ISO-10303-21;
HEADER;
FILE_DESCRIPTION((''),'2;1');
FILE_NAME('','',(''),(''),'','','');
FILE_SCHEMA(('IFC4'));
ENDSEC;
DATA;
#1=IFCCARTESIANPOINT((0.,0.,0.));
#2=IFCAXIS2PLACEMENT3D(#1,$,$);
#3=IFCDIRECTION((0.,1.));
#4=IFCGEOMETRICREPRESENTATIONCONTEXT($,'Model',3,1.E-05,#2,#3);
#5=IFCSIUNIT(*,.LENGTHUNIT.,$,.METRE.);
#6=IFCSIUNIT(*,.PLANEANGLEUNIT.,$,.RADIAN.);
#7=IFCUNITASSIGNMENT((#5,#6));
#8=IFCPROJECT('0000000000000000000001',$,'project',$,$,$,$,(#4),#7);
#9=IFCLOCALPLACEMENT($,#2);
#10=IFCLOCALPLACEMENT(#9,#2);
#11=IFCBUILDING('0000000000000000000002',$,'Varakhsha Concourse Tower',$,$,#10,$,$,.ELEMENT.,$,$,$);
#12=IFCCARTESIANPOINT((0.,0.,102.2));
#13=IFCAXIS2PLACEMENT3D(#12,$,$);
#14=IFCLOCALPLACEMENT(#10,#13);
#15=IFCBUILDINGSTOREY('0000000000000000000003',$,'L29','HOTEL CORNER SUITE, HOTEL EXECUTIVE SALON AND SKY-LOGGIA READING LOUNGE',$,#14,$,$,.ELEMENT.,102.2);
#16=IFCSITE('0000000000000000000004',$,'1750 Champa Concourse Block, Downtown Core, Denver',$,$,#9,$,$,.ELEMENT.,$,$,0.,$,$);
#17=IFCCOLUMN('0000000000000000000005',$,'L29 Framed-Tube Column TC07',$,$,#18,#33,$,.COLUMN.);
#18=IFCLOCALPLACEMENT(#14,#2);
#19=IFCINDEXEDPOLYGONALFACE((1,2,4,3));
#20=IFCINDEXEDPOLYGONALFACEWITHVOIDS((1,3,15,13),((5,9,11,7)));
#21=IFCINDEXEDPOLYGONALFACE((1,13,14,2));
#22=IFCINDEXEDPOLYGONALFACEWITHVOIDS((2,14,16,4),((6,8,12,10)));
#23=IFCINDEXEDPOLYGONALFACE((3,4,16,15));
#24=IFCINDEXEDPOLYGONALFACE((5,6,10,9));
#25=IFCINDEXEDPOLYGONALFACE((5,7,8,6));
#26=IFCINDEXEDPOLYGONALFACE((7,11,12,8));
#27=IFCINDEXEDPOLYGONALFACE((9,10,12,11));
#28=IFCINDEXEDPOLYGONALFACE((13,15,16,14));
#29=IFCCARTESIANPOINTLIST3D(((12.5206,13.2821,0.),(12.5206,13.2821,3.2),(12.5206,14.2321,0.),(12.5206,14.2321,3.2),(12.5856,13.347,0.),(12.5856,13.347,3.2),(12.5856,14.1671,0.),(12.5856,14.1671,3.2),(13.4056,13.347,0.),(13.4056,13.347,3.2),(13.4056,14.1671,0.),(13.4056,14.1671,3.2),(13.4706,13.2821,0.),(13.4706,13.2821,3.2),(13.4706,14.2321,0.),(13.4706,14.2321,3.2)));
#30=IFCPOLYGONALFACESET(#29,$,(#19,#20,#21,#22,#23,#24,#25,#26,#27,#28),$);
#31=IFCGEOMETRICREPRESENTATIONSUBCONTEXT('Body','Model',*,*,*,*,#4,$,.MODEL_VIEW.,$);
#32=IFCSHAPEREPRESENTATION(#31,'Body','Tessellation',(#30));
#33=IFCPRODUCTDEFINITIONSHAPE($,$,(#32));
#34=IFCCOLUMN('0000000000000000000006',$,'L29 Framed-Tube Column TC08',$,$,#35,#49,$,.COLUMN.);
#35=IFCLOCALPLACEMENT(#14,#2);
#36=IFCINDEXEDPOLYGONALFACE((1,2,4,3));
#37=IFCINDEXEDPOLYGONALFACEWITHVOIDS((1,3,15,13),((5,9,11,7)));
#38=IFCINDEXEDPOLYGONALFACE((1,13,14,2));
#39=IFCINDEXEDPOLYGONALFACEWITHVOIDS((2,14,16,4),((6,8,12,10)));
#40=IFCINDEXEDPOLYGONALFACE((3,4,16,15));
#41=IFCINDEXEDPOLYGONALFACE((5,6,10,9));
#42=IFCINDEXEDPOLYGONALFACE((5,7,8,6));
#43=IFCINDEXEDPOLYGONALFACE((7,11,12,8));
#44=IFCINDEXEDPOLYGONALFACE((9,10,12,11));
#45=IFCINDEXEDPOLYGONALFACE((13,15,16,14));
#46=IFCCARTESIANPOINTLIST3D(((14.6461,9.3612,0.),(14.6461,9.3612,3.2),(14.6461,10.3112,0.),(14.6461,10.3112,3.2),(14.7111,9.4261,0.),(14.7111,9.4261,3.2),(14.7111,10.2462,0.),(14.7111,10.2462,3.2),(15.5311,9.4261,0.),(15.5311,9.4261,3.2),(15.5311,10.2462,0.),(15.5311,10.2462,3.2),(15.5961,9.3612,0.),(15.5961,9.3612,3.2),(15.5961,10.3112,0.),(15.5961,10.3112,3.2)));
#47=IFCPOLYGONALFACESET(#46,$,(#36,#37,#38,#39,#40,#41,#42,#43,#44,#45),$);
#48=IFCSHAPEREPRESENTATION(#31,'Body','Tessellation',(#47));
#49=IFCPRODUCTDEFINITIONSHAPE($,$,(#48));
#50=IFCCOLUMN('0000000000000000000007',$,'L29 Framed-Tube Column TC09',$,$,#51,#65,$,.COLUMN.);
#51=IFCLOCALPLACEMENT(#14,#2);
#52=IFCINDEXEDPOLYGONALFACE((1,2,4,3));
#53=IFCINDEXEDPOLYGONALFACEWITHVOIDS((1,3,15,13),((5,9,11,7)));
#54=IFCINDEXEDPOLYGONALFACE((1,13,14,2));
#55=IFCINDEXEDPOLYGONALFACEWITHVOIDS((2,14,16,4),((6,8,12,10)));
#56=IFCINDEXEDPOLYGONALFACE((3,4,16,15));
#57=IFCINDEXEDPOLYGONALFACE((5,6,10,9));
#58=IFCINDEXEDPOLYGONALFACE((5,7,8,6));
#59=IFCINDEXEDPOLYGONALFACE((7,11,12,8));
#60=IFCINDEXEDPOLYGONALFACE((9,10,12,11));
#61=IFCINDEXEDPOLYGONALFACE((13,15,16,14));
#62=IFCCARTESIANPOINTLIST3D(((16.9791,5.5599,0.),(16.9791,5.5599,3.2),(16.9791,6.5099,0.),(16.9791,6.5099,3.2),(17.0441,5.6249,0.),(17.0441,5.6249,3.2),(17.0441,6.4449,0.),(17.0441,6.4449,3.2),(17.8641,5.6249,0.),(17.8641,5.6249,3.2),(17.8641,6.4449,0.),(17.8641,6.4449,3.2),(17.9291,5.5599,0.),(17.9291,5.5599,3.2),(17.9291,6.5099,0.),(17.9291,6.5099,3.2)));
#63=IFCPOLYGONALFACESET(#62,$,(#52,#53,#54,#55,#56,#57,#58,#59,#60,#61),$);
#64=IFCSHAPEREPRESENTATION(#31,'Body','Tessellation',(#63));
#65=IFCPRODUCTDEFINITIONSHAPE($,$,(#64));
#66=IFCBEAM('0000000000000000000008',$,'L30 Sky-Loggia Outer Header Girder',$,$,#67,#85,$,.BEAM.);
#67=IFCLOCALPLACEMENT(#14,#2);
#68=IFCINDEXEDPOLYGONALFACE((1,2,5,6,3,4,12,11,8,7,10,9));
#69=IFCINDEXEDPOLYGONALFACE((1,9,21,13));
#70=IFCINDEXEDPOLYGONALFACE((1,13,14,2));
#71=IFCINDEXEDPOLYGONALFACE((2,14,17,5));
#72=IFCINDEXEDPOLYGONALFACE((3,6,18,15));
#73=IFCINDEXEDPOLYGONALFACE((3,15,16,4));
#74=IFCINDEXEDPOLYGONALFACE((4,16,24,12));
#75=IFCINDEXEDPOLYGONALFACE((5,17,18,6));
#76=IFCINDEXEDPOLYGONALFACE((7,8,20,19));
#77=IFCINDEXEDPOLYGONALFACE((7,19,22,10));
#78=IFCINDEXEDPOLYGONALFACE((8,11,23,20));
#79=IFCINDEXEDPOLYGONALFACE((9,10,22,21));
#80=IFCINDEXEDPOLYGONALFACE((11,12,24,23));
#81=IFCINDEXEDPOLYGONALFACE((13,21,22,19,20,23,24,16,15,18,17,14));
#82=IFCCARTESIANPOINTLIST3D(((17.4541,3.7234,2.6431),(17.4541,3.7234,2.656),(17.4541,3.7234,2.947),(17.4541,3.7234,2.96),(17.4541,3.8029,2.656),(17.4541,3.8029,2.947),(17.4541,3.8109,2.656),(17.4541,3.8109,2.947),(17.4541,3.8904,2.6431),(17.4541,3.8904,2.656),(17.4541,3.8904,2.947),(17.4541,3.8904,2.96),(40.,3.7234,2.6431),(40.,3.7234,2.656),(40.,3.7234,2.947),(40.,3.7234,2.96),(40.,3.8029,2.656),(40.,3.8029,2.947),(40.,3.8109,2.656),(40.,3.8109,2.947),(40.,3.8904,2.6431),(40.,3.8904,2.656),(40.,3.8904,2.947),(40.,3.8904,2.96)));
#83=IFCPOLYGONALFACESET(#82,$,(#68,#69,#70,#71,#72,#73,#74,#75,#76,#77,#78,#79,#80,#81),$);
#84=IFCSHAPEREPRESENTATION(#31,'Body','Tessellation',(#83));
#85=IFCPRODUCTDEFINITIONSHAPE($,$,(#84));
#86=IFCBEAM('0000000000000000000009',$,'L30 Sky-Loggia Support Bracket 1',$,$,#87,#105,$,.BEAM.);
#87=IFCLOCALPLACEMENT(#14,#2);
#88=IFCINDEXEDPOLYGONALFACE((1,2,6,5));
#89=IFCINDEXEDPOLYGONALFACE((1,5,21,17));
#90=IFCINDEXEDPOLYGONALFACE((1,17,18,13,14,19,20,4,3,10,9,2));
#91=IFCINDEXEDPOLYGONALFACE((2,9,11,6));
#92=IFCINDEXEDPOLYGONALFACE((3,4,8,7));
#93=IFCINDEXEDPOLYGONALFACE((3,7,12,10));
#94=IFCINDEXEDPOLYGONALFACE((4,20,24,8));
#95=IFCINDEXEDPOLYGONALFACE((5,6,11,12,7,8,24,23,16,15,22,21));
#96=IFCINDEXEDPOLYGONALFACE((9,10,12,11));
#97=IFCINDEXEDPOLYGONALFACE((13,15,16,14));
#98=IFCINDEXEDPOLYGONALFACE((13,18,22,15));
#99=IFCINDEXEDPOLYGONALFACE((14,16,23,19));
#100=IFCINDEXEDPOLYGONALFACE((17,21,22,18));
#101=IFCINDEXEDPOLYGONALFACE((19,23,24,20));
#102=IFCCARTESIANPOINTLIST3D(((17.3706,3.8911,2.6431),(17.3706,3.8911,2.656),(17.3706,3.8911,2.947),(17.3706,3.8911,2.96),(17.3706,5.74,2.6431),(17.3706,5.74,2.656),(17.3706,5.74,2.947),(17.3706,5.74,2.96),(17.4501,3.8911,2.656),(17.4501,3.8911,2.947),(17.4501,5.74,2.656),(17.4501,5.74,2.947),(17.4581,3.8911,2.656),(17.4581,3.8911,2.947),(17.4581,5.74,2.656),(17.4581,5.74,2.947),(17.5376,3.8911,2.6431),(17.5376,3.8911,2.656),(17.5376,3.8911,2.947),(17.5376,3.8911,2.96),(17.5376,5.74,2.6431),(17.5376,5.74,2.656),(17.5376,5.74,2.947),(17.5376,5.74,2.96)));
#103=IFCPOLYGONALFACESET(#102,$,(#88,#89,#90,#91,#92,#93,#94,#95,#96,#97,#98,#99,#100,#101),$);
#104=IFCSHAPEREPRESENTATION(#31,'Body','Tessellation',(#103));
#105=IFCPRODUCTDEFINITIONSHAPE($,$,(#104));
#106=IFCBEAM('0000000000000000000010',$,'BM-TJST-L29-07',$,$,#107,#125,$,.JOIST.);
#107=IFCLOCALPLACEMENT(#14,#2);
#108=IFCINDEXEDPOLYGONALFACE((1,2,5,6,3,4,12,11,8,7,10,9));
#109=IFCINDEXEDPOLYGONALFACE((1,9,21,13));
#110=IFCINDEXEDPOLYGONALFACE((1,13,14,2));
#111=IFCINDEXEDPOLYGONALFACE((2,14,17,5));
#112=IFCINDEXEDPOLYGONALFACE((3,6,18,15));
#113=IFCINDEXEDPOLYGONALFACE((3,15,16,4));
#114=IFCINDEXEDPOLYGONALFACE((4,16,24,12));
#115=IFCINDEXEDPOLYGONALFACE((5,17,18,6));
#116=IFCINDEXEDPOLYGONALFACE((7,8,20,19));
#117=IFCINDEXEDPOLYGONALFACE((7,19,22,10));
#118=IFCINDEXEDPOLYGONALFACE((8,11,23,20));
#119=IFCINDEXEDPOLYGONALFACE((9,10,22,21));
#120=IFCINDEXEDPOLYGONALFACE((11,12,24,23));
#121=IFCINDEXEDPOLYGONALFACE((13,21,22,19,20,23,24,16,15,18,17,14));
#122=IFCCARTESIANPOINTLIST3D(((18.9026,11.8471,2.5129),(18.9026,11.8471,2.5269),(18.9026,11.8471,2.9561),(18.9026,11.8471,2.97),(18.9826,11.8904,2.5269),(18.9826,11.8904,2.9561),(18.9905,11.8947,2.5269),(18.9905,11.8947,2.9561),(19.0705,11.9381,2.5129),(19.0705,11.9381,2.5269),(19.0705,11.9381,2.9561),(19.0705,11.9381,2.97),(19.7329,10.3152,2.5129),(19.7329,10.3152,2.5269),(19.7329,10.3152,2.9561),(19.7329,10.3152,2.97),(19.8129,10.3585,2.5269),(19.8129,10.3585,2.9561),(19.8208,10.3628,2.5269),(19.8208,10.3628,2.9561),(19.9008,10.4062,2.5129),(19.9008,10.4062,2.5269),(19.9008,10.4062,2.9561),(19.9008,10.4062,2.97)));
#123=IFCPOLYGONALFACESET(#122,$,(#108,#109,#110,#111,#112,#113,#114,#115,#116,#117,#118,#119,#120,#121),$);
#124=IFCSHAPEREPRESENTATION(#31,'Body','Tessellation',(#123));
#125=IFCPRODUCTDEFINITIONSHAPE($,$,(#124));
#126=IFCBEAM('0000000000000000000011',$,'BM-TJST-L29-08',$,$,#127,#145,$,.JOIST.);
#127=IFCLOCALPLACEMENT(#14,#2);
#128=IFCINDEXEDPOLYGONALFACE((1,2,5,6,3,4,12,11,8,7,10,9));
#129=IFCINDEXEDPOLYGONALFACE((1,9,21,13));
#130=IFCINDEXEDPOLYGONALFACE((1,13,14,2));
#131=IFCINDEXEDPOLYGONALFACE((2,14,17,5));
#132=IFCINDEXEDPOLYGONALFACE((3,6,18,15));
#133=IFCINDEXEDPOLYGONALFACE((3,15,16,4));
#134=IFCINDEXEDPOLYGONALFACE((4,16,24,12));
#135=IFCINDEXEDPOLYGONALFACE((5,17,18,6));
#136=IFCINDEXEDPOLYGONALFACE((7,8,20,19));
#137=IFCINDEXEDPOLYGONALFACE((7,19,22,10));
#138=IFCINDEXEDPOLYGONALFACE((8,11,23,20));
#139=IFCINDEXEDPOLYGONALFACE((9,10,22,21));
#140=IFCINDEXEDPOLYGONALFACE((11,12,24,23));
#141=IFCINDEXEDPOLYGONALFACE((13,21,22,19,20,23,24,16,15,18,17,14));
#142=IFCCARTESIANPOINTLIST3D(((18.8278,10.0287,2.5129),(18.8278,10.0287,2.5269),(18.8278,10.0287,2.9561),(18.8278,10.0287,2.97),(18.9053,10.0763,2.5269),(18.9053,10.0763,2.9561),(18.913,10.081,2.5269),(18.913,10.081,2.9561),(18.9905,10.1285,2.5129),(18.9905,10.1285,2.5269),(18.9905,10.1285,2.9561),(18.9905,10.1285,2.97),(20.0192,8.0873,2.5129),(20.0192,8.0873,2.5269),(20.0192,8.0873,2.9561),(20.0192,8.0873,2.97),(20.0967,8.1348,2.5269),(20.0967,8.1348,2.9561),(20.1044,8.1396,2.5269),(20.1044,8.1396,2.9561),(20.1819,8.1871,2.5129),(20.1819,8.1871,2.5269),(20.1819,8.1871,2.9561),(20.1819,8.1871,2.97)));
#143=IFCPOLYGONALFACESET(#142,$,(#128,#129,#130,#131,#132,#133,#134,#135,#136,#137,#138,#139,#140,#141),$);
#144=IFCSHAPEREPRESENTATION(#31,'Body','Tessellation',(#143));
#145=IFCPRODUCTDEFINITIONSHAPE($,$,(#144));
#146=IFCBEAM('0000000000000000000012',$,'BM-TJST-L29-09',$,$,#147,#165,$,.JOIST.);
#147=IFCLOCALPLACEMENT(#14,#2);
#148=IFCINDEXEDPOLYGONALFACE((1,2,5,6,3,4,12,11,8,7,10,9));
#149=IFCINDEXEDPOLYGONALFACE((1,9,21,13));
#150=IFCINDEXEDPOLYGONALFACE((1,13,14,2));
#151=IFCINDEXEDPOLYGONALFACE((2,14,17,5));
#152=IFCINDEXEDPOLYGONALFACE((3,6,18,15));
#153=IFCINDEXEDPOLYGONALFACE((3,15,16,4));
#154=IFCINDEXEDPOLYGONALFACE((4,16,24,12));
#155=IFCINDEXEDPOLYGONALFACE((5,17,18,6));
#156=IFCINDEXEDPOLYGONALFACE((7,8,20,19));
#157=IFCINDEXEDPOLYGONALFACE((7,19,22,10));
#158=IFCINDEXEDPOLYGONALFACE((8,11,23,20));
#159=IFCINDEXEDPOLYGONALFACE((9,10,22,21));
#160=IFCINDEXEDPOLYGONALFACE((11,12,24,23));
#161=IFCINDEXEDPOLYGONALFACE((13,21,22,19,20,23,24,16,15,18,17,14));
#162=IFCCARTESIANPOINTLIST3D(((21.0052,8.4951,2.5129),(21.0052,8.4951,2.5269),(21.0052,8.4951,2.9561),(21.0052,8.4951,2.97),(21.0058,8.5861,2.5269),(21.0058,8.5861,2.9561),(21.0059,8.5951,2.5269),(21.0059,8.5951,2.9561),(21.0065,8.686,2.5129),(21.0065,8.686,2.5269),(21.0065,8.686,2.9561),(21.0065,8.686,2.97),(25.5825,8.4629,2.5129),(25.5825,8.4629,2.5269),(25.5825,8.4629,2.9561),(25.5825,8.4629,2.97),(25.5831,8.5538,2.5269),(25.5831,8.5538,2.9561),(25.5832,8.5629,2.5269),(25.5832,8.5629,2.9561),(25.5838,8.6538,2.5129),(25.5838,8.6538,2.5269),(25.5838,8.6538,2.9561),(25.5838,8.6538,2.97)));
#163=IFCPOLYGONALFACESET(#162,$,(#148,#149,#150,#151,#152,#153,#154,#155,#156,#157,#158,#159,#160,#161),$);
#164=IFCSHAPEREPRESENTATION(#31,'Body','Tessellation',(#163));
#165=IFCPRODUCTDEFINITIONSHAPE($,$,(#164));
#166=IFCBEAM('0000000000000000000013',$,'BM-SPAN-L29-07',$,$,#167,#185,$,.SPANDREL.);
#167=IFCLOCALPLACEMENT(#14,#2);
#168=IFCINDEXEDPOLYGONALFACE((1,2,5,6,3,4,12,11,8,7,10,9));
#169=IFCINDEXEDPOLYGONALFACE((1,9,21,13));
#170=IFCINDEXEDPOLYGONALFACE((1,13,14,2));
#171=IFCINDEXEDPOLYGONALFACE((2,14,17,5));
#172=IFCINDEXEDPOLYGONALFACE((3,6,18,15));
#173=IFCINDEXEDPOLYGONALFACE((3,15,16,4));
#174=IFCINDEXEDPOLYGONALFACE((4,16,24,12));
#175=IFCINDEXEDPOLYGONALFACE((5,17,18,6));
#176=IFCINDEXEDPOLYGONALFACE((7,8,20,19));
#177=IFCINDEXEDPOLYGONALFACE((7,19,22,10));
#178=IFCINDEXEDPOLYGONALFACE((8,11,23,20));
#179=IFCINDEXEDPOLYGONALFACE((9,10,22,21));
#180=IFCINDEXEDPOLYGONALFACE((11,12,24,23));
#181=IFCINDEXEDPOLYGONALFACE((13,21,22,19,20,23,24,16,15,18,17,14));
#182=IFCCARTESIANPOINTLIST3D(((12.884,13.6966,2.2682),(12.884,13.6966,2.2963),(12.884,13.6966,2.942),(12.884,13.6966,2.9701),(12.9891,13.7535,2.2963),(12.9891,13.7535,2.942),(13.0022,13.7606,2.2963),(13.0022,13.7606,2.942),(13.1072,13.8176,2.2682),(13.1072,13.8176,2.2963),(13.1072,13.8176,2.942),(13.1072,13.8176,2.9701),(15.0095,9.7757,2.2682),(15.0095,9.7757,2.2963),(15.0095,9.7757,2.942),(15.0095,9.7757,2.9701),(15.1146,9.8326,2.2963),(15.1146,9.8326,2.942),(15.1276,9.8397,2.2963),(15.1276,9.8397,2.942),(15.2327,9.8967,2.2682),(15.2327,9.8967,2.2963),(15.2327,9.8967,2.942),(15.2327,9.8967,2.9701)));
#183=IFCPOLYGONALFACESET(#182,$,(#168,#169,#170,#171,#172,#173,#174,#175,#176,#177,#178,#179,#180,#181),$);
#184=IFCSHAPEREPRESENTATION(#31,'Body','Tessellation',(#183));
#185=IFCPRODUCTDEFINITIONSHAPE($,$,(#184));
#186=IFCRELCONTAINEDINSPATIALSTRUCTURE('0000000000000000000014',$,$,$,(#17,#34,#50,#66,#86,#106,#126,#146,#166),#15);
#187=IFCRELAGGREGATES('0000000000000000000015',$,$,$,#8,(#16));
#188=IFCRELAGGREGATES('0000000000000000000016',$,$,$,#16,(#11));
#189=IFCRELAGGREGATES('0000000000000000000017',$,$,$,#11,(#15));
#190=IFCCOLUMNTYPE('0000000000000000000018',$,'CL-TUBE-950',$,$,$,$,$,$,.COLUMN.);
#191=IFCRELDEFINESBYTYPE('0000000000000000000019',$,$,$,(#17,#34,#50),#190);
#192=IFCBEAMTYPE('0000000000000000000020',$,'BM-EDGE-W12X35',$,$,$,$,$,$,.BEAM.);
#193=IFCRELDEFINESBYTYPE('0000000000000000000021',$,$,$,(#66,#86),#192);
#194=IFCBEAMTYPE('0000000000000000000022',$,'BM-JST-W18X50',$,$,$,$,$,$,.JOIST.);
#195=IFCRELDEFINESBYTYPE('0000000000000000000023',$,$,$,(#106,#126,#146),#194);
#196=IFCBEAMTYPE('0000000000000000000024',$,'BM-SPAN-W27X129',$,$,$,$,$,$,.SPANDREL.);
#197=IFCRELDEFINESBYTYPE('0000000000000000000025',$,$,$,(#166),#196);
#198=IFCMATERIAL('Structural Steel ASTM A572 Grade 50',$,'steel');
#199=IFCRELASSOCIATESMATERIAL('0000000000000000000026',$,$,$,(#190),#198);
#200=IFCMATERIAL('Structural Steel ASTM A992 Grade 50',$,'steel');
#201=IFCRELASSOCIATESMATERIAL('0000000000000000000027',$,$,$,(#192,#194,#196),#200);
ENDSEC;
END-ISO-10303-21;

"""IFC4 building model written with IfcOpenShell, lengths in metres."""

from ifc_helpers import new_model, si_unit, direction, frame, origin, origin_2d, place, context, subcontext, project, spatial, hollow_rectangle, i_section, extrude, material, material_profile, profile_set, type_object, element, save


model = new_model("IFC4")

# Units and contexts
model_context = context("Model", 3, precision=1e-05, world=origin(), true_north=direction((0.0, 1.0)))
body_context = subcontext(model_context, "Body", "Model", "MODEL_VIEW")
ifc_project = project(units=[si_unit("LENGTHUNIT", "METRE"), si_unit("PLANEANGLEUNIT", "RADIAN")], contexts=[model_context])

# Site, building, storey
site_placement = place(None, origin())
site = spatial("IfcSite", under=ifc_project, at=site_placement, Name="1750 Champa Concourse Block, Downtown Core, Denver", CompositionType="ELEMENT", RefElevation=0.0)
building_placement = place(site_placement, origin())
building = spatial("IfcBuilding", under=site, at=building_placement, Name="Varakhsha Concourse Tower", CompositionType="ELEMENT")
storey_placement = place(building_placement, frame((0.0, 0.0, 102.2)))
storey = spatial("IfcBuildingStorey", under=building, at=storey_placement, Name="L29", Description="HOTEL CORNER SUITE, HOTEL EXECUTIVE SALON AND SKY-LOGGIA READING LOUNGE", CompositionType="ELEMENT", Elevation=102.2)

# Columns
ifc_material_1 = material(Name="Structural Steel ASTM A572 Grade 50", Category="steel")
ifc_material_profile_1 = material_profile(ifc_material_1, hollow_rectangle(XDim=0.95, YDim=0.95, WallThickness=0.0649, at=origin_2d()), Name="BOX 950x950x65")
ifc_profile_set_1 = profile_set([ifc_material_profile_1], Name="Structural Steel ASTM A572 Grade 50")
column_type = type_object("IfcColumnType", Name="CL-TUBE-950", PredefinedType="COLUMN", material=ifc_profile_set_1)
for number, where, z_axis, x_axis, name in (
    (1, (12.9956, 13.7571, 0.0), (0.0, 0.0, 1.0), (1.0, 0.0, 0.0), "L29 Framed-Tube Column TC07"),
    (2, (15.1211, 9.8362, 0.0), (0.0, 0.0, 1.0), (1.0, 0.0, 0.0), "L29 Framed-Tube Column TC08"),
    (3, (17.4541, 6.0349, 0.0), (0.0, 0.0, 1.0), (1.0, 0.0, 0.0), "L29 Framed-Tube Column TC09"),
):
    element("IfcColumn", number, at=place(storey_placement, frame(where, z_axis=z_axis, x_axis=x_axis)), inside=storey, type_object=column_type, Name=name, PredefinedType="COLUMN", context=body_context, shape_type="SweptSolid", body=[
        extrude(hollow_rectangle(XDim=0.95, YDim=0.95, WallThickness=0.0649, at=origin_2d()), origin(), (0.0, 0.0, 1.0), 3.2),
    ])

# Beams
ifc_material_2 = material(Name="Structural Steel ASTM A992 Grade 50", Category="steel")
ifc_material_profile_2 = material_profile(ifc_material_2, i_section(OverallWidth=0.167, OverallDepth=0.3169, WebThickness=0.0081, FlangeThickness=0.0129, at=origin_2d()), Name="W12X35")
ifc_profile_set_2 = profile_set([ifc_material_profile_2], Name="Structural Steel ASTM A992 Grade 50")
beam_type_1 = type_object("IfcBeamType", Name="BM-EDGE-W12X35", PredefinedType="BEAM", material=ifc_profile_set_2)
beam_1_placement = place(storey_placement, frame((17.4541, 3.8069, 2.8015), z_axis=(1.0, 0.0, 0.0), x_axis=(0.0, 1.0, 0.0)))
element("IfcBeam", 4, at=beam_1_placement, inside=storey, type_object=beam_type_1, Name="L30 Sky-Loggia Outer Header Girder", PredefinedType="BEAM", context=body_context, shape_type="SweptSolid", body=[
    extrude(i_section(OverallWidth=0.167, OverallDepth=0.3169, WebThickness=0.0081, FlangeThickness=0.0129, at=origin_2d()), origin(), (0.0, 0.0, 1.0), 22.5459),
])
beam_2_placement = place(storey_placement, frame((17.4541, 5.74, 2.8015), z_axis=(0.0, -1.0, 0.0), x_axis=(1.0, 0.0, 0.0)))
element("IfcBeam", 5, at=beam_2_placement, inside=storey, type_object=beam_type_1, Name="L30 Sky-Loggia Support Bracket 1", PredefinedType="BEAM", context=body_context, shape_type="SweptSolid", body=[
    extrude(i_section(OverallWidth=0.167, OverallDepth=0.3169, WebThickness=0.0081, FlangeThickness=0.0129, at=origin_2d()), origin(), (0.0, 0.0, 1.0), 1.8489),
])
ifc_material_profile_3 = material_profile(ifc_material_2, i_section(OverallWidth=0.1909, OverallDepth=0.457, WebThickness=0.009, FlangeThickness=0.0139, at=origin_2d()), Name="W18X50")
ifc_profile_set_3 = profile_set([ifc_material_profile_3], Name="Structural Steel ASTM A992 Grade 50")
beam_type_2 = type_object("IfcBeamType", Name="BM-JST-W18X50", PredefinedType="JOIST", material=ifc_profile_set_3)
beam_3_placement = place(storey_placement, frame((18.9866, 11.8926, 2.7415), z_axis=(0.476504, -0.879172, 0.0), x_axis=(0.879172, 0.476504, 0.0)))
element("IfcBeam", 6, at=beam_3_placement, inside=storey, type_object=beam_type_2, Name="BM-TJST-L29-07", PredefinedType="JOIST", context=body_context, shape_type="SweptSolid", body=[
    extrude(i_section(OverallWidth=0.1909, OverallDepth=0.457, WebThickness=0.009, FlangeThickness=0.0139, at=origin_2d()), origin(), (0.0, 0.0, 1.0), 1.7424),
])
beam_4_placement = place(storey_placement, frame((18.9092, 10.0786, 2.7415), z_axis=(0.523045, -0.852305, 0.0), x_axis=(0.852305, 0.523045, 0.0)))
element("IfcBeam", 7, at=beam_4_placement, inside=storey, type_object=beam_type_2, Name="BM-TJST-L29-08", PredefinedType="JOIST", context=body_context, shape_type="SweptSolid", body=[
    extrude(i_section(OverallWidth=0.1909, OverallDepth=0.457, WebThickness=0.009, FlangeThickness=0.0139, at=origin_2d()), origin(), (0.0, 0.0, 1.0), 2.2778),
])
beam_5_placement = place(storey_placement, frame((21.0059, 8.5906, 2.7415), z_axis=(0.999975, -0.00704, 0.0), x_axis=(0.00704, 0.999975, 0.0)))
element("IfcBeam", 8, at=beam_5_placement, inside=storey, type_object=beam_type_2, Name="BM-TJST-L29-09", PredefinedType="JOIST", context=body_context, shape_type="SweptSolid", body=[
    extrude(i_section(OverallWidth=0.1909, OverallDepth=0.457, WebThickness=0.009, FlangeThickness=0.0139, at=origin_2d()), origin(), (0.0, 0.0, 1.0), 4.5774),
])
ifc_material_profile_4 = material_profile(ifc_material_2, i_section(OverallWidth=0.2539, OverallDepth=0.7019, WebThickness=0.0149, FlangeThickness=0.0281, at=origin_2d()), Name="W27X129")
ifc_profile_set_4 = profile_set([ifc_material_profile_4], Name="Structural Steel ASTM A992 Grade 50")
beam_type_3 = type_object("IfcBeamType", Name="BM-SPAN-W27X129", PredefinedType="SPANDREL", material=ifc_profile_set_4)
beam_6_placement = place(storey_placement, frame((12.9956, 13.7571, 2.6191), z_axis=(0.476572, -0.879135, 0.0), x_axis=(0.879135, 0.476572, 0.0)))
element("IfcBeam", 9, at=beam_6_placement, inside=storey, type_object=beam_type_3, Name="BM-SPAN-L29-07", PredefinedType="SPANDREL", context=body_context, shape_type="SweptSolid", body=[
    extrude(i_section(OverallWidth=0.2539, OverallDepth=0.7019, WebThickness=0.0149, FlangeThickness=0.0281, at=origin_2d()), origin(), (0.0, 0.0, 1.0), 4.46),
])

save(model, "model.ifc")
